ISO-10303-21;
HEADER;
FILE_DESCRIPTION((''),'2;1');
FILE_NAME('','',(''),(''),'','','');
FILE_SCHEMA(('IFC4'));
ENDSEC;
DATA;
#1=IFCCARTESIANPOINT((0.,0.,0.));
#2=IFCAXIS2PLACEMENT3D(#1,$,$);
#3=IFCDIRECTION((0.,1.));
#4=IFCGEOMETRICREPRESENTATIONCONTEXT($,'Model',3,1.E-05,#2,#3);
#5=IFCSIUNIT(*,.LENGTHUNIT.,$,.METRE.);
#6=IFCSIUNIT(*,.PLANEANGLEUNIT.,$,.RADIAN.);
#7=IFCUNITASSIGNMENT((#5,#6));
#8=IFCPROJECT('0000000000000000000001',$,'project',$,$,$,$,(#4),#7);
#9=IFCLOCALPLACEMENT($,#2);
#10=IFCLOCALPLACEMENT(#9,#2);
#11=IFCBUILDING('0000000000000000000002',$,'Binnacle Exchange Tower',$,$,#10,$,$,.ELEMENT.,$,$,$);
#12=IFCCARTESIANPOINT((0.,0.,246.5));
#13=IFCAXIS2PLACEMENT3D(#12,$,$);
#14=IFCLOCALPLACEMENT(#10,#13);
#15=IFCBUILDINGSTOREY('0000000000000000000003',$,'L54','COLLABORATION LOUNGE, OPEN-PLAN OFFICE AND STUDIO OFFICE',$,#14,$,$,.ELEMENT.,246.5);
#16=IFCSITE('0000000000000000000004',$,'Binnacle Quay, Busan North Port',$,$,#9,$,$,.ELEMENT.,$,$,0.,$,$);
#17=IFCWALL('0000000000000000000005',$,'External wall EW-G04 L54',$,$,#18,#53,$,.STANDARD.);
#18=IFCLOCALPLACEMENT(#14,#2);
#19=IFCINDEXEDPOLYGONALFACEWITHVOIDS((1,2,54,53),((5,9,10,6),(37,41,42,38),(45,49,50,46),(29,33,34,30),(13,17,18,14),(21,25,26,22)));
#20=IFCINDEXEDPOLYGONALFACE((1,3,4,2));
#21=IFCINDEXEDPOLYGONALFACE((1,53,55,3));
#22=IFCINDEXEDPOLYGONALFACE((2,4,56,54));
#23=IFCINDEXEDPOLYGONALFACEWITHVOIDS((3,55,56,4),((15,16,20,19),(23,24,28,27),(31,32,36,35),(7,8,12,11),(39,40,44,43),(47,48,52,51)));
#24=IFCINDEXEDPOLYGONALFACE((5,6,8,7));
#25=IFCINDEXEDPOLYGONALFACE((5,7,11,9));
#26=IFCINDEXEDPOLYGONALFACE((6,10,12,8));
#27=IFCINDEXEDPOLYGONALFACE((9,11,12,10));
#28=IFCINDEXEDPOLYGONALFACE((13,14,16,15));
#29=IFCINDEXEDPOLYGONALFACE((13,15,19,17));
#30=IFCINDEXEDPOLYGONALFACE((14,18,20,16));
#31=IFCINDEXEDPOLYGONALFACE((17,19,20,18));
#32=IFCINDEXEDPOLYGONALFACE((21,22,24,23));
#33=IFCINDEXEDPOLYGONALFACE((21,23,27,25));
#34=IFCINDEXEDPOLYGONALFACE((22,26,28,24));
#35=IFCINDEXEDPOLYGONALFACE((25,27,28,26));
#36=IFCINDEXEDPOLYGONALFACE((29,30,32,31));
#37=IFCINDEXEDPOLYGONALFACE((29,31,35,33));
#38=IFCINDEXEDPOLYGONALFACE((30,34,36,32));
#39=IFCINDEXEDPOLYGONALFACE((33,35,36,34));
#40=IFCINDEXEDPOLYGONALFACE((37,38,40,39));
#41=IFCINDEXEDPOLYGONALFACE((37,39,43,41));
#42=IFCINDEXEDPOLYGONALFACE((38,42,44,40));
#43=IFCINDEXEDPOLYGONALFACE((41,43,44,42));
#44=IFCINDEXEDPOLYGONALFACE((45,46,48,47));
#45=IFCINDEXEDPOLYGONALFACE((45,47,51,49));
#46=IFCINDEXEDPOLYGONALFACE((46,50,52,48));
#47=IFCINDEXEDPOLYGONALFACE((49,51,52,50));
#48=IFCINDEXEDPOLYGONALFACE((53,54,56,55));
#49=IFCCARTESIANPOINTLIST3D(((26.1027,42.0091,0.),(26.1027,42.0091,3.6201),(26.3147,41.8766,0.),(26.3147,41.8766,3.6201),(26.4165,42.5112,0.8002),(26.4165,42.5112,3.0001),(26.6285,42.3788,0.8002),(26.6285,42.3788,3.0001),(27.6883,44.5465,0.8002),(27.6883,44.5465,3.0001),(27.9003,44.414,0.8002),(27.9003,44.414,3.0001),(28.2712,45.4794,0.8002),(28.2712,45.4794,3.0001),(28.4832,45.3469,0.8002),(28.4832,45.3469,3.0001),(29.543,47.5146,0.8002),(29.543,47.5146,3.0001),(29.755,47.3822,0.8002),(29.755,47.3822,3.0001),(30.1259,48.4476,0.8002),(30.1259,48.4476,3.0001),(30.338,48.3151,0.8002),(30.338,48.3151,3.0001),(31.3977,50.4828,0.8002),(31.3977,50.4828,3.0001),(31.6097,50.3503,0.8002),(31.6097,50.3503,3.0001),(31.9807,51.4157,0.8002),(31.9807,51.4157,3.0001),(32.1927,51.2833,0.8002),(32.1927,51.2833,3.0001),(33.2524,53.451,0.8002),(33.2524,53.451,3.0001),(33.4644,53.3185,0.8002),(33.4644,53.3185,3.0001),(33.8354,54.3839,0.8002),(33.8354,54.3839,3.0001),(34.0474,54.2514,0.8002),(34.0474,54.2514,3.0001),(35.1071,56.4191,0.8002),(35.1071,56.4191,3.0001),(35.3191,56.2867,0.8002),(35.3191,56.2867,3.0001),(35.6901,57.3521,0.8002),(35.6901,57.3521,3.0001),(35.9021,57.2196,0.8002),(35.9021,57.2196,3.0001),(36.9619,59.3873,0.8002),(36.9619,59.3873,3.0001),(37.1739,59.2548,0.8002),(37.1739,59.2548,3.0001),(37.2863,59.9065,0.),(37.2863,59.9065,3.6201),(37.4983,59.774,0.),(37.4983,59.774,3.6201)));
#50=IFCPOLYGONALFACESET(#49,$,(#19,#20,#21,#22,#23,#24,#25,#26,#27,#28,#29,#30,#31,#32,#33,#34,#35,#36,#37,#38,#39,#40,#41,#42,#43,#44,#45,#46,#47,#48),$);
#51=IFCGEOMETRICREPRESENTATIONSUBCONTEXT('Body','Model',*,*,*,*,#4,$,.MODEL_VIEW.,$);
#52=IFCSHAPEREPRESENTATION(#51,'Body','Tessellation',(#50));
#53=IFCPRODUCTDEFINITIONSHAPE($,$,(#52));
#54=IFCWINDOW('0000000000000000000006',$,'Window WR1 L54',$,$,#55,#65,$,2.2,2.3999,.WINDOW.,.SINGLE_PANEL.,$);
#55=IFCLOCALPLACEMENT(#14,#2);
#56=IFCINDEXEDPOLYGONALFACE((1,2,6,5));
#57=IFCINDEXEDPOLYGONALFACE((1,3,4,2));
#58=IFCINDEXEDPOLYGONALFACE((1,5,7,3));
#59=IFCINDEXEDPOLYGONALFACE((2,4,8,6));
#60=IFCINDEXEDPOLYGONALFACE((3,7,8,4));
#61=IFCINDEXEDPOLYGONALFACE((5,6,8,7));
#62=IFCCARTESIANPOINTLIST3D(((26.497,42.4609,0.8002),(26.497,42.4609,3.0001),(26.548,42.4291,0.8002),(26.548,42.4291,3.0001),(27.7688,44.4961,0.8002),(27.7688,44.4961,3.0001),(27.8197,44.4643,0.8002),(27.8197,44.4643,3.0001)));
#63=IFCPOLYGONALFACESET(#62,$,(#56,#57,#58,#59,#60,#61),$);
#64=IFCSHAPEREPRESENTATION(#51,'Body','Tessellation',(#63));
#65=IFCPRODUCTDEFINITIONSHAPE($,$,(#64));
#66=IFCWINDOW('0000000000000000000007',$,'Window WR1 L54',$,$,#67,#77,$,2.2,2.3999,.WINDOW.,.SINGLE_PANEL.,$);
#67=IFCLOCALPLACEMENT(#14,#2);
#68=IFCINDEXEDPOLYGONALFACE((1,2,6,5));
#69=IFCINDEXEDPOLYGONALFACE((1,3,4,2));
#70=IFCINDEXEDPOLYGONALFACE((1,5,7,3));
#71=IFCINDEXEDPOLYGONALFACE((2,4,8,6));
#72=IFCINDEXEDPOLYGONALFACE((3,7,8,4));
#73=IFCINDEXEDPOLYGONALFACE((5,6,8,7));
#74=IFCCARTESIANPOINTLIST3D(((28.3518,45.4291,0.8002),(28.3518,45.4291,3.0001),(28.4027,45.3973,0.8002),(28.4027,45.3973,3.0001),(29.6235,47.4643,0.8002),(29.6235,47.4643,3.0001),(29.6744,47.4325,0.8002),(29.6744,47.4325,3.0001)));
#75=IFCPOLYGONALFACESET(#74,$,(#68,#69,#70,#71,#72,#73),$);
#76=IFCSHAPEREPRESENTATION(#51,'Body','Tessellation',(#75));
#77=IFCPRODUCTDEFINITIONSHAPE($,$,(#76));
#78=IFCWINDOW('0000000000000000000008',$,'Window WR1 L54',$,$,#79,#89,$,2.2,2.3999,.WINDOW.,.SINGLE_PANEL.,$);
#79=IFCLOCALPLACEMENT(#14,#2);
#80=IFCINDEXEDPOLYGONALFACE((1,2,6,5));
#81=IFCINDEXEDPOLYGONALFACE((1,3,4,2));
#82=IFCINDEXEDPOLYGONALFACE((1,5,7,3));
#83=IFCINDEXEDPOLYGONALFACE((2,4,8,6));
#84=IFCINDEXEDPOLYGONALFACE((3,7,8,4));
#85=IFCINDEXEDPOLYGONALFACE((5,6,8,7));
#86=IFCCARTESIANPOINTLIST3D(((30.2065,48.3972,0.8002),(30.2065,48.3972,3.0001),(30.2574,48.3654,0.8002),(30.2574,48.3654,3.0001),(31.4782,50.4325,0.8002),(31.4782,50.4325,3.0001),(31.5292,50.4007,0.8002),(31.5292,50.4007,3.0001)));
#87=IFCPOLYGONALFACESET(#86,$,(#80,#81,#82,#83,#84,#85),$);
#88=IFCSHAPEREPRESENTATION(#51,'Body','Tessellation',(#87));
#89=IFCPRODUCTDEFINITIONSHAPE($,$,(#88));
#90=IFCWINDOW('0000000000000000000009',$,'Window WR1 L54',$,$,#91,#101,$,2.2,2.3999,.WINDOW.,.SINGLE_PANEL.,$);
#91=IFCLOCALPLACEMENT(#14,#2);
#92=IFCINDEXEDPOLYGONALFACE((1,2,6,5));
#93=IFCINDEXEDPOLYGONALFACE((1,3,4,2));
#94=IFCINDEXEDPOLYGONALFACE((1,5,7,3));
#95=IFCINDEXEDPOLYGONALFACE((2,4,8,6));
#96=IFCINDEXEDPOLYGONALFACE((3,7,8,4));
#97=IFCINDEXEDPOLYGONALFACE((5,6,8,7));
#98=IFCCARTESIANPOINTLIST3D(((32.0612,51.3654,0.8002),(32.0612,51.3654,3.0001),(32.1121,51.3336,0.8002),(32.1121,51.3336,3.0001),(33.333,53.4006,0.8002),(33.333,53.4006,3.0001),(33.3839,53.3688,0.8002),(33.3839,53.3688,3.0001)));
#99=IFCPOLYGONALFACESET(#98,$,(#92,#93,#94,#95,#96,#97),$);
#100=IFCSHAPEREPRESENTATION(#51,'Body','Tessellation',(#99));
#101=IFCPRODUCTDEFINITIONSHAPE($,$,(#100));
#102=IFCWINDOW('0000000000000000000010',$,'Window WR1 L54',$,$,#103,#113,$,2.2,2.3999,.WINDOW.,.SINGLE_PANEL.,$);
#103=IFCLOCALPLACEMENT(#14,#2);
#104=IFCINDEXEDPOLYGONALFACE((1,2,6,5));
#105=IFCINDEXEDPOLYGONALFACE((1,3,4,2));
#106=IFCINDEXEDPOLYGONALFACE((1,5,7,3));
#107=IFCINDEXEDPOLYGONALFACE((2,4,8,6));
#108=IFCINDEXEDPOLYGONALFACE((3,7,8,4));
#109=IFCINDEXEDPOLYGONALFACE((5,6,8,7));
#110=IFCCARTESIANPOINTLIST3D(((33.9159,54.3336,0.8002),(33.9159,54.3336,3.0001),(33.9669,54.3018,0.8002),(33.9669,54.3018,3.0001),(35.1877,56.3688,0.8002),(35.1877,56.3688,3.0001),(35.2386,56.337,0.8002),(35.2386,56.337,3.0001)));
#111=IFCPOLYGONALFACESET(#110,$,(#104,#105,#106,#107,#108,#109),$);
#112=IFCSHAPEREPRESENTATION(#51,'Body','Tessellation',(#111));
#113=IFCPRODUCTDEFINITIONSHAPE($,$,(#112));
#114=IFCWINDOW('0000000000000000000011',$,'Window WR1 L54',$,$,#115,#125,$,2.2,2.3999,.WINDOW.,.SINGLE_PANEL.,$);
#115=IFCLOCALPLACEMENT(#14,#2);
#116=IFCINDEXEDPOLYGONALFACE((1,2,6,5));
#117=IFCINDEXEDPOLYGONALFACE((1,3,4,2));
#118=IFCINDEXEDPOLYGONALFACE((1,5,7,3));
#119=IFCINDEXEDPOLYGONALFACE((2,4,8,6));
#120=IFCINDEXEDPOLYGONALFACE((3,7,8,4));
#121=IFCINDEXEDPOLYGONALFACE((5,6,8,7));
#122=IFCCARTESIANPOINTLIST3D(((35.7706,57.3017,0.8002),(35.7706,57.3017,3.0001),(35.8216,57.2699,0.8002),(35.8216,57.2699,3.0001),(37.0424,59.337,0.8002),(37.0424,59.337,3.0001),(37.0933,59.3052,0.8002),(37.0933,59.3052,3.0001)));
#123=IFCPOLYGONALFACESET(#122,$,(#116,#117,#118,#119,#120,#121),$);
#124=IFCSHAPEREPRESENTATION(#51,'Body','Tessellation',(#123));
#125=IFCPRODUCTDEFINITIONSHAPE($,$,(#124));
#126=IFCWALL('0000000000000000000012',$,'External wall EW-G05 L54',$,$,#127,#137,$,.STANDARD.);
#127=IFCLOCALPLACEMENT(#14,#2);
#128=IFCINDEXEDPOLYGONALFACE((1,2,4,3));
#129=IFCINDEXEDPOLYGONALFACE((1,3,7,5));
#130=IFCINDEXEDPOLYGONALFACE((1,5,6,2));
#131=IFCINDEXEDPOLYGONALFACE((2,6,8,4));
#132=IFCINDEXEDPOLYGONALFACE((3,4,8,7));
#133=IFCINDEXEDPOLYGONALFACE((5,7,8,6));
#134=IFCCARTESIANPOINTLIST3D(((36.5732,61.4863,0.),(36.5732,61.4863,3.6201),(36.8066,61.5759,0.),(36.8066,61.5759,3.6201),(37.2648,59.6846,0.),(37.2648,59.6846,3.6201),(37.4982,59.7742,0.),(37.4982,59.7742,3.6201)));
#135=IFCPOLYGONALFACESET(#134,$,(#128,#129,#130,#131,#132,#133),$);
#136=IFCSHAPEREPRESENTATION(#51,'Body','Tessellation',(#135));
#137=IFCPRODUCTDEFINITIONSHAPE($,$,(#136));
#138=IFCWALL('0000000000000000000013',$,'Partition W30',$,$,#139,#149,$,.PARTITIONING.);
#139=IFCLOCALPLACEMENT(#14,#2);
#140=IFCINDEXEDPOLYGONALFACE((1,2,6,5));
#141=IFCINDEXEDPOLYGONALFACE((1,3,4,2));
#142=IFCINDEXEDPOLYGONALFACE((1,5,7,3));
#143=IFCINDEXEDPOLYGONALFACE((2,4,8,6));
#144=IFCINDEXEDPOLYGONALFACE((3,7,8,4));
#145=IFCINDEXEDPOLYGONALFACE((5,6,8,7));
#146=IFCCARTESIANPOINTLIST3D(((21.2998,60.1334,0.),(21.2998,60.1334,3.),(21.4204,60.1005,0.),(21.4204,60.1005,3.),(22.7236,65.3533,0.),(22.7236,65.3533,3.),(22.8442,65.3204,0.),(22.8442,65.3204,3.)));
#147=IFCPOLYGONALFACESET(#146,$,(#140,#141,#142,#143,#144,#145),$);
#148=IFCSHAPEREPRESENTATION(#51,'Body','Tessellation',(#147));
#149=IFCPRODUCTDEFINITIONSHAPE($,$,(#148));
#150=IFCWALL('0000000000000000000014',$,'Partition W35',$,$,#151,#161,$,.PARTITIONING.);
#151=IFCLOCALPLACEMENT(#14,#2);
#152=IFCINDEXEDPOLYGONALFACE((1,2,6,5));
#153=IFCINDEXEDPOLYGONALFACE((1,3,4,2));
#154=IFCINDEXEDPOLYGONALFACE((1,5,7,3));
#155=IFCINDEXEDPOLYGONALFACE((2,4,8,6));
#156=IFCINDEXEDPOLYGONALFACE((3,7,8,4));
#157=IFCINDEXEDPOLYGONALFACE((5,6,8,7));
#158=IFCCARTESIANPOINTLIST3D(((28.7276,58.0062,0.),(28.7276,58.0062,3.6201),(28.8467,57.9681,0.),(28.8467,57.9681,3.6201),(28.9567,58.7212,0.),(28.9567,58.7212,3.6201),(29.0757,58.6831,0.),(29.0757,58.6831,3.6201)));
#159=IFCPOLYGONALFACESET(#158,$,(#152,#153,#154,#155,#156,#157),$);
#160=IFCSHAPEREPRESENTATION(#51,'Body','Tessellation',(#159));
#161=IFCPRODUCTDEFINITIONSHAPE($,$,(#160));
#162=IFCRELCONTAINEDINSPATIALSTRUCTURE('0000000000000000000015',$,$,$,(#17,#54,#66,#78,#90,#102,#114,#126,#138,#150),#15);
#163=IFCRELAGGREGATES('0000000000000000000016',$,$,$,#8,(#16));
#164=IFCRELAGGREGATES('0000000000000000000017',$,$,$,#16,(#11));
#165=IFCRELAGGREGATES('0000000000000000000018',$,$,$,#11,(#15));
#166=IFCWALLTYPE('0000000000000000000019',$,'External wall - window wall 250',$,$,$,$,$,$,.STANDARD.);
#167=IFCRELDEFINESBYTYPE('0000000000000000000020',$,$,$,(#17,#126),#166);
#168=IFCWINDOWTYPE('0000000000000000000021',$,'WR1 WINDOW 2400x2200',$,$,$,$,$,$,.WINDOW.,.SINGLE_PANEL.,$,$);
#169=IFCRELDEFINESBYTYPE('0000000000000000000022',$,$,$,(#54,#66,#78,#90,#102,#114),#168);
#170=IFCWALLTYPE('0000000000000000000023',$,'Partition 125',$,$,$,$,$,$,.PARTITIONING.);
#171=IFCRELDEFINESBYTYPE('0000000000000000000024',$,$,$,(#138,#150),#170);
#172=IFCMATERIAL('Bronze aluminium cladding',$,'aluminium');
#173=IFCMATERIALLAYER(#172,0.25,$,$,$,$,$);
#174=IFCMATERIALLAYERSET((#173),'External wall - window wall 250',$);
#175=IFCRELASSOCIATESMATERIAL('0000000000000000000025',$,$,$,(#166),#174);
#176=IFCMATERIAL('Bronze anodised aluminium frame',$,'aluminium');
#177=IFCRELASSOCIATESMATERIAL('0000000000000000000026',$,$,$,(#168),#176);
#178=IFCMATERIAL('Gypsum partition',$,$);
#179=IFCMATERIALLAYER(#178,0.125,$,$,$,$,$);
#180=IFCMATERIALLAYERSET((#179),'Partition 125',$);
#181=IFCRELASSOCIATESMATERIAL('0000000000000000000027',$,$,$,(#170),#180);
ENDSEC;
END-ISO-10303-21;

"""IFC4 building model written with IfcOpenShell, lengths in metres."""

from ifc_helpers import new_model, si_unit, direction, frame, frame_2d, origin, place, context, subcontext, project, spatial, rectangle, extrude, material, layer, layer_set, type_object, element, fill, save


model = new_model("IFC4")

# Units and contexts
model_context = context("Model", 3, precision=1e-05, world=origin(), true_north=direction((0.0, 1.0)))
body_context = subcontext(model_context, "Body", "Model", "MODEL_VIEW")
ifc_project = project(units=[si_unit("LENGTHUNIT", "METRE"), si_unit("PLANEANGLEUNIT", "RADIAN")], contexts=[model_context])

# Site, building, storey
site_placement = place(None, origin())
site = spatial("IfcSite", under=ifc_project, at=site_placement, Name="Binnacle Quay, Busan North Port", CompositionType="ELEMENT", RefElevation=0.0)
building_placement = place(site_placement, origin())
building = spatial("IfcBuilding", under=site, at=building_placement, Name="Binnacle Exchange Tower", CompositionType="ELEMENT")
storey_placement = place(building_placement, frame((0.0, 0.0, 246.5)))
storey = spatial("IfcBuildingStorey", under=building, at=storey_placement, Name="L54", Description="COLLABORATION LOUNGE, OPEN-PLAN OFFICE AND STUDIO OFFICE", CompositionType="ELEMENT", Elevation=246.5)

# Wall, openings, windows
ifc_material_1 = material(Name="Bronze aluminium cladding", Category="aluminium")
ifc_layer_1 = layer(ifc_material_1, 0.25)
ifc_layer_set_1 = layer_set([ifc_layer_1], Name="External wall - window wall 250")
wall_type_1 = type_object("IfcWallType", Name="External wall - window wall 250", PredefinedType="STANDARD", material=ifc_layer_set_1)
wall_1_placement = place(storey_placement, frame((37.3923, 59.8403, 0.0), z_axis=(0.0, 0.0, 1.0), x_axis=(-0.52992, -0.848048, 0.0)))
wall_1 = element("IfcWall", 1, at=wall_1_placement, inside=storey, type_object=wall_type_1, Name="External wall EW-G04 L54", PredefinedType="STANDARD", context=body_context, shape_type="SweptSolid", body=[
    extrude(rectangle(XDim=21.1042, YDim=0.25, at=frame_2d((10.5522, 0.0))), origin(), (0.0, 0.0, 1.0), 3.6201),
])
opening_1_placement = place(wall_1_placement, frame((18.1123, 0.0, 0.8)))
opening_1 = element("IfcOpeningElement", 2, at=opening_1_placement, cuts=wall_1, PredefinedType="OPENING", context=body_context, shape_type="SweptSolid", body=[
    extrude(rectangle(XDim=2.3999, YDim=2.2, at=frame_2d((1.2, 1.1001))), frame((0.0, 0.135, 0.0), z_axis=(0.0, -1.0, 0.0), x_axis=(1.0, 0.0, 0.0)), (0.0, 0.0, 1.0), 0.27),
])
opening_2_placement = place(wall_1_placement, frame((14.6123, 0.0, 0.8)))
opening_2 = element("IfcOpeningElement", 3, at=opening_2_placement, cuts=wall_1, PredefinedType="OPENING", context=body_context, shape_type="SweptSolid", body=[
    extrude(rectangle(XDim=2.3999, YDim=2.2, at=frame_2d((1.2, 1.1001))), frame((0.0, 0.135, 0.0), z_axis=(0.0, -1.0, 0.0), x_axis=(1.0, 0.0, 0.0)), (0.0, 0.0, 1.0), 0.27),
])
opening_3_placement = place(wall_1_placement, frame((11.1123, 0.0, 0.8)))
opening_3 = element("IfcOpeningElement", 4, at=opening_3_placement, cuts=wall_1, PredefinedType="OPENING", context=body_context, shape_type="SweptSolid", body=[
    extrude(rectangle(XDim=2.3999, YDim=2.2, at=frame_2d((1.2, 1.1001))), frame((0.0, 0.135, 0.0), z_axis=(0.0, -1.0, 0.0), x_axis=(1.0, 0.0, 0.0)), (0.0, 0.0, 1.0), 0.27),
])
opening_4_placement = place(wall_1_placement, frame((7.6123, 0.0, 0.8)))
opening_4 = element("IfcOpeningElement", 5, at=opening_4_placement, cuts=wall_1, PredefinedType="OPENING", context=body_context, shape_type="SweptSolid", body=[
    extrude(rectangle(XDim=2.3999, YDim=2.2, at=frame_2d((1.2, 1.1001))), frame((0.0, 0.135, 0.0), z_axis=(0.0, -1.0, 0.0), x_axis=(1.0, 0.0, 0.0)), (0.0, 0.0, 1.0), 0.27),
])
opening_5_placement = place(wall_1_placement, frame((4.1123, 0.0, 0.8)))
opening_5 = element("IfcOpeningElement", 6, at=opening_5_placement, cuts=wall_1, PredefinedType="OPENING", context=body_context, shape_type="SweptSolid", body=[
    extrude(rectangle(XDim=2.3999, YDim=2.2, at=frame_2d((1.2, 1.1001))), frame((0.0, 0.135, 0.0), z_axis=(0.0, -1.0, 0.0), x_axis=(1.0, 0.0, 0.0)), (0.0, 0.0, 1.0), 0.27),
])
opening_6_placement = place(wall_1_placement, frame((0.6123, 0.0, 0.8)))
opening_6 = element("IfcOpeningElement", 7, at=opening_6_placement, cuts=wall_1, PredefinedType="OPENING", context=body_context, shape_type="SweptSolid", body=[
    extrude(rectangle(XDim=2.3999, YDim=2.2, at=frame_2d((1.2, 1.1001))), frame((0.0, 0.135, 0.0), z_axis=(0.0, -1.0, 0.0), x_axis=(1.0, 0.0, 0.0)), (0.0, 0.0, 1.0), 0.27),
])
ifc_material_2 = material(Name="Bronze anodised aluminium frame", Category="aluminium")
window_type = type_object("IfcWindowType", Name="WR1 WINDOW 2400x2200", PartitioningType="SINGLE_PANEL", PredefinedType="WINDOW", material=ifc_material_2)
window_1_placement = place(opening_1_placement, origin())
window_1 = element("IfcWindow", 8, at=window_1_placement, inside=storey, type_object=window_type, Name="Window WR1 L54", OverallHeight=2.2, OverallWidth=2.3999, PartitioningType="SINGLE_PANEL", PredefinedType="WINDOW", context=body_context, shape_type="SweptSolid", body=[
    extrude(rectangle(XDim=2.3999, YDim=2.2, at=frame_2d((1.2, 1.1001))), frame((0.0, 0.03, 0.0), z_axis=(0.0, -1.0, 0.0), x_axis=(1.0, 0.0, 0.0)), (0.0, 0.0, 1.0), 0.0601),
])
fill(opening_1, window_1)
window_2_placement = place(opening_2_placement, origin())
window_2 = element("IfcWindow", 9, at=window_2_placement, inside=storey, type_object=window_type, Name="Window WR1 L54", OverallHeight=2.2, OverallWidth=2.3999, PartitioningType="SINGLE_PANEL", PredefinedType="WINDOW", context=body_context, shape_type="SweptSolid", body=[
    extrude(rectangle(XDim=2.3999, YDim=2.2, at=frame_2d((1.2, 1.1001))), frame((0.0, 0.03, 0.0), z_axis=(0.0, -1.0, 0.0), x_axis=(1.0, 0.0, 0.0)), (0.0, 0.0, 1.0), 0.0601),
])
fill(opening_2, window_2)
window_3_placement = place(opening_3_placement, origin())
window_3 = element("IfcWindow", 10, at=window_3_placement, inside=storey, type_object=window_type, Name="Window WR1 L54", OverallHeight=2.2, OverallWidth=2.3999, PartitioningType="SINGLE_PANEL", PredefinedType="WINDOW", context=body_context, shape_type="SweptSolid", body=[
    extrude(rectangle(XDim=2.3999, YDim=2.2, at=frame_2d((1.2, 1.1001))), frame((0.0, 0.03, 0.0), z_axis=(0.0, -1.0, 0.0), x_axis=(1.0, 0.0, 0.0)), (0.0, 0.0, 1.0), 0.0601),
])
fill(opening_3, window_3)
window_4_placement = place(opening_4_placement, origin())
window_4 = element("IfcWindow", 11, at=window_4_placement, inside=storey, type_object=window_type, Name="Window WR1 L54", OverallHeight=2.2, OverallWidth=2.3999, PartitioningType="SINGLE_PANEL", PredefinedType="WINDOW", context=body_context, shape_type="SweptSolid", body=[
    extrude(rectangle(XDim=2.3999, YDim=2.2, at=frame_2d((1.2, 1.1001))), frame((0.0, 0.03, 0.0), z_axis=(0.0, -1.0, 0.0), x_axis=(1.0, 0.0, 0.0)), (0.0, 0.0, 1.0), 0.0601),
])
fill(opening_4, window_4)
window_5_placement = place(opening_5_placement, origin())
window_5 = element("IfcWindow", 12, at=window_5_placement, inside=storey, type_object=window_type, Name="Window WR1 L54", OverallHeight=2.2, OverallWidth=2.3999, PartitioningType="SINGLE_PANEL", PredefinedType="WINDOW", context=body_context, shape_type="SweptSolid", body=[
    extrude(rectangle(XDim=2.3999, YDim=2.2, at=frame_2d((1.2, 1.1001))), frame((0.0, 0.03, 0.0), z_axis=(0.0, -1.0, 0.0), x_axis=(1.0, 0.0, 0.0)), (0.0, 0.0, 1.0), 0.0601),
])
fill(opening_5, window_5)
window_6_placement = place(opening_6_placement, origin())
window_6 = element("IfcWindow", 13, at=window_6_placement, inside=storey, type_object=window_type, Name="Window WR1 L54", OverallHeight=2.2, OverallWidth=2.3999, PartitioningType="SINGLE_PANEL", PredefinedType="WINDOW", context=body_context, shape_type="SweptSolid", body=[
    extrude(rectangle(XDim=2.3999, YDim=2.2, at=frame_2d((1.2, 1.1001))), frame((0.0, 0.03, 0.0), z_axis=(0.0, -1.0, 0.0), x_axis=(1.0, 0.0, 0.0)), (0.0, 0.0, 1.0), 0.0601),
])
fill(opening_6, window_6)

# Walls
wall_2_placement = place(storey_placement, frame((36.6899, 61.531, 0.0), z_axis=(0.0, 0.0, 1.0), x_axis=(0.358377, -0.933577, 0.0)))
element("IfcWall", 14, at=wall_2_placement, inside=storey, type_object=wall_type_1, Name="External wall EW-G05 L54", PredefinedType="STANDARD", context=body_context, shape_type="SweptSolid", body=[
    extrude(rectangle(XDim=1.9299, YDim=0.25, at=frame_2d((0.9648, 0.0))), origin(), (0.0, 0.0, 1.0), 3.6201),
])
ifc_material_3 = material(Name="Gypsum partition")
ifc_layer_2 = layer(ifc_material_3, 0.125)
ifc_layer_set_2 = layer_set([ifc_layer_2], Name="Partition 125")
wall_type_2 = type_object("IfcWallType", Name="Partition 125", PredefinedType="PARTITIONING", material=ifc_layer_set_2)
wall_3_placement = place(storey_placement, frame((21.3601, 60.1169, 0.0), z_axis=(0.0, 0.0, 1.0), x_axis=(0.263152, 0.964754, 0.0)))
element("IfcWall", 15, at=wall_3_placement, inside=storey, type_object=wall_type_2, Name="Partition W30", PredefinedType="PARTITIONING", context=body_context, shape_type="SweptSolid", body=[
    extrude(rectangle(XDim=5.4106, YDim=0.125, at=frame_2d((2.7053, 0.0))), origin(), (0.0, 0.0, 1.0), 3.0),
])
wall_4_placement = place(storey_placement, frame((28.7871, 57.9871, 0.0), z_axis=(0.0, 0.0, 1.0), x_axis=(0.305083, 0.952326, 0.0)))
element("IfcWall", 16, at=wall_4_placement, inside=storey, type_object=wall_type_2, Name="Partition W35", PredefinedType="PARTITIONING", context=body_context, shape_type="SweptSolid", body=[
    extrude(rectangle(XDim=0.7507, YDim=0.125, at=frame_2d((0.3755, 0.0))), origin(), (0.0, 0.0, 1.0), 3.6201),
])

save(model, "model.ifc")
